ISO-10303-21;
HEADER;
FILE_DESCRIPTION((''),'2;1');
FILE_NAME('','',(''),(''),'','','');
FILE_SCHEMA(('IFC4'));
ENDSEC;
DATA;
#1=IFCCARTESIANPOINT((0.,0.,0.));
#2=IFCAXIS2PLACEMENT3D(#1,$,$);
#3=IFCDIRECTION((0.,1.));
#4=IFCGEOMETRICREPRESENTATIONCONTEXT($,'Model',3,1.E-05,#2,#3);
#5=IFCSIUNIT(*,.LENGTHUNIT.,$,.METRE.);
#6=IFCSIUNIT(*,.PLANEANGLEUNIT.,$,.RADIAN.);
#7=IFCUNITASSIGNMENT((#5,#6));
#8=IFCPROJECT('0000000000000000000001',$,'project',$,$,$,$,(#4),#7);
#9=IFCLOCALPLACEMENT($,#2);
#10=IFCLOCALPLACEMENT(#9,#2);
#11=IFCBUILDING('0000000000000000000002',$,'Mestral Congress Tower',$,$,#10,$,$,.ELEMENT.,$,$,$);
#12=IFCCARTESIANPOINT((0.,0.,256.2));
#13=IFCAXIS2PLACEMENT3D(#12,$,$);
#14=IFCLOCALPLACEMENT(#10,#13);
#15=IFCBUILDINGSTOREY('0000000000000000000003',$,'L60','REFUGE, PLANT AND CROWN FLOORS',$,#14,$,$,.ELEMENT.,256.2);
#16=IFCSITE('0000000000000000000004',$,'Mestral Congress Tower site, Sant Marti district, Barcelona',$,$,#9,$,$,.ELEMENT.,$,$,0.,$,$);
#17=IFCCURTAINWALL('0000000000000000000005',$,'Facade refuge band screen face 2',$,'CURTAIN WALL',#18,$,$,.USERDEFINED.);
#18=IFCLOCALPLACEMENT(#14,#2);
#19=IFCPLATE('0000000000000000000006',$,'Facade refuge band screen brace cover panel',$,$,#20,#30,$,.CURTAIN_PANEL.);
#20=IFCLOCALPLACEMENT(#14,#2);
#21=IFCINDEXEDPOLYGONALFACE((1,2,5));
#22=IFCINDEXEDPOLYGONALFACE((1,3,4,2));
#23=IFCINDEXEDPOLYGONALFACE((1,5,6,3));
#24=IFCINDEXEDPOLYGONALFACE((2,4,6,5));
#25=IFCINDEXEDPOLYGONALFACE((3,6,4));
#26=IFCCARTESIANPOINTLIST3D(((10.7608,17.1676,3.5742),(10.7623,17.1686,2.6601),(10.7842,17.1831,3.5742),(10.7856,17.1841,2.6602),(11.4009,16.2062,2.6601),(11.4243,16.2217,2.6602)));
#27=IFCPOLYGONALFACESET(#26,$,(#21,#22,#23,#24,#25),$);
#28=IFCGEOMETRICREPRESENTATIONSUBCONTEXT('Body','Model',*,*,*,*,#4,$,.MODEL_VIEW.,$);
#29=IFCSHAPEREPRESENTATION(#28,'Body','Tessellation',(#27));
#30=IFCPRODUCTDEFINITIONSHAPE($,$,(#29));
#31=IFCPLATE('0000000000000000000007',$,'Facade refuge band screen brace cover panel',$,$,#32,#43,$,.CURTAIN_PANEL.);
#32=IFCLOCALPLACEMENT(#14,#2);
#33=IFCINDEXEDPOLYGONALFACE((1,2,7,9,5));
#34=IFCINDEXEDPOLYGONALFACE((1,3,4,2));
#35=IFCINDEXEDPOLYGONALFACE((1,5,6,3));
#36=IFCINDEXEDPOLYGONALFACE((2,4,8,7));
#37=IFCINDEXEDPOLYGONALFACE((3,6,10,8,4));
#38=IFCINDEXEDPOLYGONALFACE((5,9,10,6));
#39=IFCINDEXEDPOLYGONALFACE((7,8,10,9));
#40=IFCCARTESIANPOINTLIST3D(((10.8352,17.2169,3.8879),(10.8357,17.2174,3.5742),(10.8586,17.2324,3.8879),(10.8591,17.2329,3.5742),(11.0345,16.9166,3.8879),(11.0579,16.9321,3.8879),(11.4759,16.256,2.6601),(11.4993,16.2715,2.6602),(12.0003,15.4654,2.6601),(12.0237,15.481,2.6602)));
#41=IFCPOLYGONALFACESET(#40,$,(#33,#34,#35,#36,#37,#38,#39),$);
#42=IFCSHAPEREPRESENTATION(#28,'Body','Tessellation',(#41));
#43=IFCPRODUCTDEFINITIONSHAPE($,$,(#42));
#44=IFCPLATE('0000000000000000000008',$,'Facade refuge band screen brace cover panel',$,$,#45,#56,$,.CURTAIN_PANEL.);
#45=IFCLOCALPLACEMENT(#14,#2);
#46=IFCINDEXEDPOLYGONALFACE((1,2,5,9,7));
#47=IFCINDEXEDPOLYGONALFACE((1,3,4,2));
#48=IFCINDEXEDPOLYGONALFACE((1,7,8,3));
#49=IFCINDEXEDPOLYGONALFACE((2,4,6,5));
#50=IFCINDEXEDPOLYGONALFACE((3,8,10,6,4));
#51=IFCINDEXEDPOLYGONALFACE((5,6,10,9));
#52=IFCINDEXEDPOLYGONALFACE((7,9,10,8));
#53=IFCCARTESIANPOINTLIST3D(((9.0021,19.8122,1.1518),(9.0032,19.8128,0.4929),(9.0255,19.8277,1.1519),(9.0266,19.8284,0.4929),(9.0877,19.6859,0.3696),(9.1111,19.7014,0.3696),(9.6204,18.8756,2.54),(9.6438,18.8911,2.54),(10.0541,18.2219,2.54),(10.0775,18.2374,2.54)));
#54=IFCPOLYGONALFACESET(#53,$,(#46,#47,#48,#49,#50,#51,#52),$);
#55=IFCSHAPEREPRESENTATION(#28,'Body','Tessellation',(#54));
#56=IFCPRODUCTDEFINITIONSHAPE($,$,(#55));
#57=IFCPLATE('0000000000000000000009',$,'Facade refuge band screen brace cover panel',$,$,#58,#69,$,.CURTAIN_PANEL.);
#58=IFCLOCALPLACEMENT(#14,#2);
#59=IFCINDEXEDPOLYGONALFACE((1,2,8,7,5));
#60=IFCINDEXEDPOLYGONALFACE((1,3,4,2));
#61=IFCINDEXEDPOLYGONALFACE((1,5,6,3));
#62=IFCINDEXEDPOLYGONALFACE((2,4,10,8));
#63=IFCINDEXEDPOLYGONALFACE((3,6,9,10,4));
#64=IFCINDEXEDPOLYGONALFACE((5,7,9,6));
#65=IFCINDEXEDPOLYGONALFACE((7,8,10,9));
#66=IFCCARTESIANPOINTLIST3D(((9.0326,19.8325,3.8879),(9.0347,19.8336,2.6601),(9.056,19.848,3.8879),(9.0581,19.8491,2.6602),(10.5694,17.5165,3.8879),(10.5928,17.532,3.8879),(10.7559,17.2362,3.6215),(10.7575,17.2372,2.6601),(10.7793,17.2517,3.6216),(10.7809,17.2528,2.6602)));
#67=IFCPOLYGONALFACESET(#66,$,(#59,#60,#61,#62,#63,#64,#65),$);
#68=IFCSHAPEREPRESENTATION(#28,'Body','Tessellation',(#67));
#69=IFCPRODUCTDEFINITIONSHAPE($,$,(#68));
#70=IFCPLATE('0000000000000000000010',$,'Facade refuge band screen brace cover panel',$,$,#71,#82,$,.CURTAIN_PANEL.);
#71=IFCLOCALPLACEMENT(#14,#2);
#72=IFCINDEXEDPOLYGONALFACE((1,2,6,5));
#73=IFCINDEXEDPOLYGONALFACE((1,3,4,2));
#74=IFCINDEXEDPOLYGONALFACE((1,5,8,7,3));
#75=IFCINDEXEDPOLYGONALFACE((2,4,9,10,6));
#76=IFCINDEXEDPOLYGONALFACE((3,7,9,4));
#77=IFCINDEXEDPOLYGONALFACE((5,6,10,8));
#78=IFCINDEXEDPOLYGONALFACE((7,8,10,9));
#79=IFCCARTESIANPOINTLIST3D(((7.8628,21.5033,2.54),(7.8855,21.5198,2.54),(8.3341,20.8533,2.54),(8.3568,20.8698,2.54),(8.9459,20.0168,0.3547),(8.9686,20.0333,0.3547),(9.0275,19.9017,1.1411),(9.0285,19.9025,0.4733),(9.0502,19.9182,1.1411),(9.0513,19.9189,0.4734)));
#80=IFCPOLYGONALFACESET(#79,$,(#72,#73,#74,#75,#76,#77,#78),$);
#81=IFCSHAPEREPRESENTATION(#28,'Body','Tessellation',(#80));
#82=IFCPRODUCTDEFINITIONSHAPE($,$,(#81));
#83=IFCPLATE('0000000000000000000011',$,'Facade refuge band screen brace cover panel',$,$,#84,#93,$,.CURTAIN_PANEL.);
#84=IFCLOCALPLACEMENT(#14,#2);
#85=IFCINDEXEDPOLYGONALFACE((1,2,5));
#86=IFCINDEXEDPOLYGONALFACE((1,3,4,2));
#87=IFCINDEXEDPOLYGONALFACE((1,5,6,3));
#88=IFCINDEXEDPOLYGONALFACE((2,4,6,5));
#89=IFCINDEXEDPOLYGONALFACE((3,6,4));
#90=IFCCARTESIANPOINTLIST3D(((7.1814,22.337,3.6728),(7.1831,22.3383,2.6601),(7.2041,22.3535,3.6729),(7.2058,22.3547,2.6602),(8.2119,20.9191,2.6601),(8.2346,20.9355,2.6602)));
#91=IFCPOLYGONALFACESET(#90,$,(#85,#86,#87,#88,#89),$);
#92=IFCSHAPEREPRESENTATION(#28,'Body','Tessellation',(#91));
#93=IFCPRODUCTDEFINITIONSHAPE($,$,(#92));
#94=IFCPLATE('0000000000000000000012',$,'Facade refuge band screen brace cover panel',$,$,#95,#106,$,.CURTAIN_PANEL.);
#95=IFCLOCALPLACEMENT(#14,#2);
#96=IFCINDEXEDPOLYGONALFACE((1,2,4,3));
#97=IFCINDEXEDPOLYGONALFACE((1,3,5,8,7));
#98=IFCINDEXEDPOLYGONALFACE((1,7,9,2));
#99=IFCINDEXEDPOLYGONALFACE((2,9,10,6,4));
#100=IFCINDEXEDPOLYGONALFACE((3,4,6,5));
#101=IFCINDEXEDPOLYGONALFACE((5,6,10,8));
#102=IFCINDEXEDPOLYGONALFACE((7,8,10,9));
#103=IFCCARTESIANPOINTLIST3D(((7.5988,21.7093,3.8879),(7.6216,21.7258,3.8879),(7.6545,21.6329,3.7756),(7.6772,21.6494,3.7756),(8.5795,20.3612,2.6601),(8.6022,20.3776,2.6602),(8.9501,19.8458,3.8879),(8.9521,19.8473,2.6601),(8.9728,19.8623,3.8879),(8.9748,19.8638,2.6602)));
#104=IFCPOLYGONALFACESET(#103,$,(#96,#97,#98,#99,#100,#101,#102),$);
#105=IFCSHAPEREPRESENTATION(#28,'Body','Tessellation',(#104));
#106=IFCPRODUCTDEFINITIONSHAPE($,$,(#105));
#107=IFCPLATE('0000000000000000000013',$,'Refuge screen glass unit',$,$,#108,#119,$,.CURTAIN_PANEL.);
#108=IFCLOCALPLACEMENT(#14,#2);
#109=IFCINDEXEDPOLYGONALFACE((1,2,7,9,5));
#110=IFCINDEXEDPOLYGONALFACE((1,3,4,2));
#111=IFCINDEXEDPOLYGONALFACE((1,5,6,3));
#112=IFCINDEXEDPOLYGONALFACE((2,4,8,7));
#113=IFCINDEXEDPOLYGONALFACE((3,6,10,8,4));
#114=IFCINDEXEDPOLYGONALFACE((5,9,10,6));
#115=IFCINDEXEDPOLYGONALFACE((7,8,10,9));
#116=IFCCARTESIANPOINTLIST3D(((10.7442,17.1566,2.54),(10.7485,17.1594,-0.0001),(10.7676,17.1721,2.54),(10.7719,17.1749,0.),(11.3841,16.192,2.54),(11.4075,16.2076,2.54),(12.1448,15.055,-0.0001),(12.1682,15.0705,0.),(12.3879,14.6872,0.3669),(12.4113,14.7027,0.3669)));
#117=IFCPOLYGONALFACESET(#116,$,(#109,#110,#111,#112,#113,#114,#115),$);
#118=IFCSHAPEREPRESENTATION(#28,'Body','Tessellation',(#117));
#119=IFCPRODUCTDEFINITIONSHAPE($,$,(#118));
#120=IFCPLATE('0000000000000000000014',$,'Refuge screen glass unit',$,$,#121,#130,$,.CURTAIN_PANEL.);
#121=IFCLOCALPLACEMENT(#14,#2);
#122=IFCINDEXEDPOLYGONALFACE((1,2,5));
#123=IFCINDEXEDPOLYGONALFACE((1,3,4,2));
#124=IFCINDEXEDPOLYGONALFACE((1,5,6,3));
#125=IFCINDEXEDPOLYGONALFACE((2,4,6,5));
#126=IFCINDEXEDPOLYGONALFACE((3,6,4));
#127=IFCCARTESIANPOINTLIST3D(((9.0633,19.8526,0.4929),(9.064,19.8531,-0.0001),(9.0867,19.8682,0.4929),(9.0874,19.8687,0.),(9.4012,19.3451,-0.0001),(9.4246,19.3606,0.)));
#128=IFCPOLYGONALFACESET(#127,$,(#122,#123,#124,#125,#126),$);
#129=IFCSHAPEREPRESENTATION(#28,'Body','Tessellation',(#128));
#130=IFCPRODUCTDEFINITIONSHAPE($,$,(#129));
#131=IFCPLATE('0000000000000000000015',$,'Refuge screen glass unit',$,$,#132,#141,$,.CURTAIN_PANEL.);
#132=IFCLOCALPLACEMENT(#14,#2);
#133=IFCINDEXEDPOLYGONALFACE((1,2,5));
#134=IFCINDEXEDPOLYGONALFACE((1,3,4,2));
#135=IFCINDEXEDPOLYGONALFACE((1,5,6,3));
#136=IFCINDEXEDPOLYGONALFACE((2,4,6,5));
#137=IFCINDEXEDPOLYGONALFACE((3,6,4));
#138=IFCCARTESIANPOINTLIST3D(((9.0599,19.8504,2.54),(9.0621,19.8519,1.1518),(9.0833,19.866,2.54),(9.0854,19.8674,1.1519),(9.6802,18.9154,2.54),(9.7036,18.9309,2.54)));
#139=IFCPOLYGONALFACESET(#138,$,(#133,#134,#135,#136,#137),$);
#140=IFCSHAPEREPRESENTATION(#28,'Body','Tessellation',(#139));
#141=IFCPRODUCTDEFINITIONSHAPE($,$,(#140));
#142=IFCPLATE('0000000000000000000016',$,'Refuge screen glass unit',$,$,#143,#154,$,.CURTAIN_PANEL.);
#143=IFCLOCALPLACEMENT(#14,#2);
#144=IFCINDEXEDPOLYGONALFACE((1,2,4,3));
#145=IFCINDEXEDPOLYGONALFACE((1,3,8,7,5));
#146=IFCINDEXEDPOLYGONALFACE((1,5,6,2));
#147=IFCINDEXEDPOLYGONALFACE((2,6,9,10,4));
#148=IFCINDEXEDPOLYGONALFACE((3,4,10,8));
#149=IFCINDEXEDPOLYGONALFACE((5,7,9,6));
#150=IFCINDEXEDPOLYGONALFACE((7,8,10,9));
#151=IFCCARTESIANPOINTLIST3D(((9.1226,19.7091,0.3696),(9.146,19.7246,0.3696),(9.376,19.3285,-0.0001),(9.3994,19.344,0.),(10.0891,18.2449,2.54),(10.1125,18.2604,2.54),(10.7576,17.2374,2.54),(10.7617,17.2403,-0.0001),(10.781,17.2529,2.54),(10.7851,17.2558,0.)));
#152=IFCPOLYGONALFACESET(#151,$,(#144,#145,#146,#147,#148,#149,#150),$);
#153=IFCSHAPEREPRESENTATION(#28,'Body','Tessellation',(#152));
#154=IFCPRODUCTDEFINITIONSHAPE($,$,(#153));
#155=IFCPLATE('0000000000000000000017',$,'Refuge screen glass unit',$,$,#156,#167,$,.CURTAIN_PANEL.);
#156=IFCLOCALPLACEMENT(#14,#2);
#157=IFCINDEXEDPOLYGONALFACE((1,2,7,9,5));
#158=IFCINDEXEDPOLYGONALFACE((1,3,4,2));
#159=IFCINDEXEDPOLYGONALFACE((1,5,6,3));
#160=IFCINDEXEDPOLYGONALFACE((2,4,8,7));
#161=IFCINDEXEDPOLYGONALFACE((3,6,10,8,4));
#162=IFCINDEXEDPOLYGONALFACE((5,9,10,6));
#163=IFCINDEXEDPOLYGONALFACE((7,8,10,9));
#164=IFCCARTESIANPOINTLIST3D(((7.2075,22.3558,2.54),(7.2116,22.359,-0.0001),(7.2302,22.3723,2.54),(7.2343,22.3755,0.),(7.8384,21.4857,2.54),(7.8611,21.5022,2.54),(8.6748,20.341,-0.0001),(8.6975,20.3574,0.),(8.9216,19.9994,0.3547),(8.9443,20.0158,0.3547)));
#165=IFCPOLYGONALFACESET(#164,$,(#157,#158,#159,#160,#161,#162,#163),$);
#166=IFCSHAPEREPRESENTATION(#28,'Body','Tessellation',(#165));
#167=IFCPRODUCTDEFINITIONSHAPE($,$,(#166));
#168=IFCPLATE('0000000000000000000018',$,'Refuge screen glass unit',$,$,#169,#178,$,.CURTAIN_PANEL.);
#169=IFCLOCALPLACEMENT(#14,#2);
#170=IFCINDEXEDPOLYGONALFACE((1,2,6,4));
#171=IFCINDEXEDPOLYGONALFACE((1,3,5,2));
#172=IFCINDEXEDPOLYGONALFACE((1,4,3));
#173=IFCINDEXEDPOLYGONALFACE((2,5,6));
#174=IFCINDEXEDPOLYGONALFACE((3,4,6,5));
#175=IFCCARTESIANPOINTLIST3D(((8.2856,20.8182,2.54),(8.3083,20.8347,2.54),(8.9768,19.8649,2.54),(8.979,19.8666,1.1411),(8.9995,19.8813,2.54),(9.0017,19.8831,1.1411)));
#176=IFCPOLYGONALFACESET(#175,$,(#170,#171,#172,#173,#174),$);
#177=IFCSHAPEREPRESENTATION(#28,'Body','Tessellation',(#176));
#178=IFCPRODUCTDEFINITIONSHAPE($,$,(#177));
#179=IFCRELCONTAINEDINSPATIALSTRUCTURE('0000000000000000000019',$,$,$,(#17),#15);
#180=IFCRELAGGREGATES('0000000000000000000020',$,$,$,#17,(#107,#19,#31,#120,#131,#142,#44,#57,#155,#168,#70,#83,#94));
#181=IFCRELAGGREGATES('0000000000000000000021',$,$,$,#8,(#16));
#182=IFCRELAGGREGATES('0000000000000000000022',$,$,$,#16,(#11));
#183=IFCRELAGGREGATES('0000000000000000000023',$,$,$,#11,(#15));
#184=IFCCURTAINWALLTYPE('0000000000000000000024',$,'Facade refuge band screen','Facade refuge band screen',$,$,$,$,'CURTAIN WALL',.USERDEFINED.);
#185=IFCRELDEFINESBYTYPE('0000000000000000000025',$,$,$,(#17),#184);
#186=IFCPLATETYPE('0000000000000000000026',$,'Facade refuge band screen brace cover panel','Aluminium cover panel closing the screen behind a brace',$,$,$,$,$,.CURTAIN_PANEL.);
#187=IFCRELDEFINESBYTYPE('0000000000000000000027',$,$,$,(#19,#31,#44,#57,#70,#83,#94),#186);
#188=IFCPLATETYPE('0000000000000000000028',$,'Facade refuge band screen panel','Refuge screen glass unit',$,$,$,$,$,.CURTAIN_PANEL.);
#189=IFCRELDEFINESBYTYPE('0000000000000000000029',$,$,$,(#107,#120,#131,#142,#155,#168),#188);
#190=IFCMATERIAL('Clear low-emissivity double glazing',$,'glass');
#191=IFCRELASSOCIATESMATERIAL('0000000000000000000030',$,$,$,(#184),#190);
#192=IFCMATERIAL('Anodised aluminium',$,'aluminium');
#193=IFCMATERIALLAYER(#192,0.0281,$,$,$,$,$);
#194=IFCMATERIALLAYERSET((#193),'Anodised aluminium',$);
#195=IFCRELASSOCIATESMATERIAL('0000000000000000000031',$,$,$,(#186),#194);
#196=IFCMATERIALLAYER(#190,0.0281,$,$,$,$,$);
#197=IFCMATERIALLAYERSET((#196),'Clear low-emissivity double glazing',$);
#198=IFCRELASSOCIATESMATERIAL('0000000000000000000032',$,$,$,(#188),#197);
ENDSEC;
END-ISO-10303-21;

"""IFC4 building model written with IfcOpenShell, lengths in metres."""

from ifc_helpers import new_model, si_unit, direction, frame, origin, place, context, subcontext, project, spatial, polyline, outline, extrude, material, layer, layer_set, type_object, element, aggregate, save


model = new_model("IFC4")

# Units and contexts
model_context = context("Model", 3, precision=1e-05, world=origin(), true_north=direction((0.0, 1.0)))
body_context = subcontext(model_context, "Body", "Model", "MODEL_VIEW")
ifc_project = project(units=[si_unit("LENGTHUNIT", "METRE"), si_unit("PLANEANGLEUNIT", "RADIAN")], contexts=[model_context])

# Site, building, storey
site_placement = place(None, origin())
site = spatial("IfcSite", under=ifc_project, at=site_placement, Name="Mestral Congress Tower site, Sant Marti district, Barcelona", CompositionType="ELEMENT", RefElevation=0.0)
building_placement = place(site_placement, origin())
building = spatial("IfcBuilding", under=site, at=building_placement, Name="Mestral Congress Tower", CompositionType="ELEMENT")
storey_placement = place(building_placement, frame((0.0, 0.0, 256.2)))
storey = spatial("IfcBuildingStorey", under=building, at=storey_placement, Name="L60", Description="REFUGE, PLANT AND CROWN FLOORS", CompositionType="ELEMENT", Elevation=256.2)

# Curtain wall
ifc_material_1 = material(Name="Clear low-emissivity double glazing", Category="glass")
curtain_wall_type = type_object("IfcCurtainWallType", Name="Facade refuge band screen", Description="Facade refuge band screen", ElementType="CURTAIN WALL", PredefinedType="USERDEFINED", material=ifc_material_1)
curtain_wall_placement = place(storey_placement, origin())
curtain_wall = element("IfcCurtainWall", 1, at=curtain_wall_placement, inside=storey, type_object=curtain_wall_type, Name="Facade refuge band screen face 2", ObjectType="CURTAIN WALL", PredefinedType="USERDEFINED")
ifc_material_2 = material(Name="Anodised aluminium", Category="aluminium")

# Plates
ifc_layer_1 = layer(ifc_material_2, 0.0281)
ifc_layer_set_1 = layer_set([ifc_layer_1], Name="Anodised aluminium")
plate_type_1 = type_object("IfcPlateType", Name="Facade refuge band screen brace cover panel", Description="Aluminium cover panel closing the screen behind a brace", PredefinedType="CURTAIN_PANEL", material=ifc_layer_set_1)
plate_1_placement = place(storey_placement, frame((10.7856, 17.1841, 2.6602), z_axis=(0.833218, 0.552942, 0.001926), x_axis=(0.552943, -0.833219, 0.0)))
plate_1 = element("IfcPlate", 2, at=plate_1_placement, type_object=plate_type_1, Name="Facade refuge band screen brace cover panel", PredefinedType="CURTAIN_PANEL", context=body_context, shape_type="SweptSolid", body=[
    extrude(outline(polyline([(0.0, 0.0), (1.155, 0.0), (0.0, -0.9141), (0.0, 0.0)])), origin(), (0.0, 0.0, -1.0), 0.0281),
])
plate_2_placement = place(storey_placement, frame((10.8586, 17.2324, 3.8879), z_axis=(0.833311, 0.552801, 0.002139), x_axis=(0.001541, 0.001546, -0.999998)))
plate_2 = element("IfcPlate", 3, at=plate_2_placement, type_object=plate_type_1, Name="Facade refuge band screen brace cover panel", PredefinedType="CURTAIN_PANEL", context=body_context, shape_type="SweptSolid", body=[
    extrude(outline(polyline([(0.0, 0.0), (0.3137, 0.0), (1.2273, -1.1554), (1.2269, -2.1041), (-0.0002, -0.3604), (0.0, 0.0)])), origin(), (0.0, 0.0, -1.0), 0.0281),
])
plate_3_placement = place(storey_placement, frame((9.0266, 19.8284, 0.4929), z_axis=(0.833285, 0.55284, 0.001889), x_axis=(0.430891, -0.647327, -0.62873)))
plate_3 = element("IfcPlate", 4, at=plate_3_placement, type_object=plate_type_1, Name="Facade refuge band screen brace cover panel", PredefinedType="CURTAIN_PANEL", context=body_context, shape_type="SweptSolid", body=[
    extrude(outline(polyline([(0.0, 0.0), (0.1961, 0.0), (0.1956, -2.7907), (-0.4144, -2.2975), (-0.4143, -0.5124), (0.0, 0.0)])), origin(), (0.0, 0.0, -1.0), 0.0281),
])
plate_4_placement = place(storey_placement, frame((9.0581, 19.8491, 2.6602), z_axis=(0.833253, 0.552889, 0.001921), x_axis=(0.55289, -0.833254, 0.0)))
plate_4 = element("IfcPlate", 5, at=plate_4_placement, type_object=plate_type_1, Name="Facade refuge band screen brace cover panel", PredefinedType="CURTAIN_PANEL", context=body_context, shape_type="SweptSolid", body=[
    extrude(outline(polyline([(0.0, 0.0), (3.1159, 0.0), (3.1159, -0.9614), (2.7793, -1.2278), (-0.0002, -1.2278), (0.0, 0.0)])), origin(), (0.0, 0.0, -1.0), 0.0281),
])
plate_5_placement = place(storey_placement, frame((7.8855, 21.5198, 2.54), z_axis=(0.809563, 0.58703, 0.001941), x_axis=(0.3792, -0.520419, -0.765096)))
plate_5 = element("IfcPlate", 6, at=plate_5_placement, type_object=plate_type_1, Name="Facade refuge band screen brace cover panel", PredefinedType="CURTAIN_PANEL", context=body_context, shape_type="SweptSolid", body=[
    extrude(outline(polyline([(0.0, 0.0), (2.8562, 0.0), (2.8563, -0.1844), (2.3455, -0.6144), (0.517, -0.6143), (0.0, 0.0)])), origin(), (0.0, 0.0, -1.0), 0.0281),
])
plate_6_placement = place(storey_placement, frame((8.2346, 20.9355, 2.6602), z_axis=(0.809637, 0.586928, 0.002074), x_axis=(-0.509051, 0.700443, 0.500247)))
plate_6 = element("IfcPlate", 7, at=plate_6_placement, type_object=plate_type_1, Name="Facade refuge band screen brace cover panel", PredefinedType="CURTAIN_PANEL", context=body_context, shape_type="SweptSolid", body=[
    extrude(outline(polyline([(0.0, 0.0), (2.0244, 0.0), (1.5178, -0.8769), (0.0, 0.0)])), origin(), (0.0, 0.0, -1.0), 0.0281),
])
plate_7_placement = place(storey_placement, frame((7.6772, 21.6494, 3.7756), z_axis=(0.809566, 0.587026, 0.002029), x_axis=(0.479753, -0.659626, -0.578559)))
plate_7 = element("IfcPlate", 8, at=plate_7_placement, type_object=plate_type_1, Name="Facade refuge band screen brace cover panel", PredefinedType="CURTAIN_PANEL", context=body_context, shape_type="SweptSolid", body=[
    extrude(outline(polyline([(0.0, 0.0), (1.928, 0.0), (2.4458, -0.3672), (1.7354, -1.3687), (-0.1421, -0.0369), (0.0, 0.0)])), origin(), (0.0, 0.0, -1.0), 0.0281),
])
ifc_layer_2 = layer(ifc_material_1, 0.0281)
ifc_layer_set_2 = layer_set([ifc_layer_2], Name="Clear low-emissivity double glazing")
plate_type_2 = type_object("IfcPlateType", Name="Facade refuge band screen panel", Description="Refuge screen glass unit", PredefinedType="CURTAIN_PANEL", material=ifc_layer_set_2)
plate_8_placement = place(storey_placement, frame((10.7676, 17.1721, 2.54), z_axis=(0.833273, 0.552858, 0.002046), x_axis=(0.001718, 0.001113, -0.999998)))
plate_8 = element("IfcPlate", 9, at=plate_8_placement, type_object=plate_type_2, Name="Refuge screen glass unit", PredefinedType="CURTAIN_PANEL", context=body_context, shape_type="SweptSolid", body=[
    extrude(outline(polyline([(0.0, 0.0), (2.54, 0.0), (2.5401, -2.5255), (2.1732, -2.9664), (0.0, -1.1575), (0.0, 0.0)])), origin(), (0.0, 0.0, -1.0), 0.0281),
])
plate_9_placement = place(storey_placement, frame((9.0874, 19.8687, 0.0), z_axis=(0.833217, 0.552943, 0.001786), x_axis=(0.552943, -0.833219, 0.0)))
plate_9 = element("IfcPlate", 10, at=plate_9_placement, type_object=plate_type_2, Name="Refuge screen glass unit", PredefinedType="CURTAIN_PANEL", context=body_context, shape_type="SweptSolid", body=[
    extrude(outline(polyline([(0.0, 0.0), (0.6098, 0.0), (0.0, -0.4929), (0.0, 0.0)])), origin(), (0.0, 0.0, -1.0), 0.0281),
])
plate_10_placement = place(storey_placement, frame((9.0833, 19.866, 2.54), z_axis=(0.833285, 0.55284, 0.001902), x_axis=(0.001583, 0.001055, -0.999998)))
plate_10 = element("IfcPlate", 11, at=plate_10_placement, type_object=plate_type_2, Name="Refuge screen glass unit", PredefinedType="CURTAIN_PANEL", context=body_context, shape_type="SweptSolid", body=[
    extrude(outline(polyline([(0.0, 0.0), (1.3882, 0.0), (0.0, -1.1221), (0.0, 0.0)])), origin(), (0.0, 0.0, -1.0), 0.0281),
])
plate_11_placement = place(storey_placement, frame((9.3994, 19.344, 0.0), z_axis=(0.833239, 0.552909, 0.001951), x_axis=(0.55291, -0.833241, 0.0)))
plate_11 = element("IfcPlate", 12, at=plate_11_placement, type_object=plate_type_2, Name="Refuge screen glass unit", PredefinedType="CURTAIN_PANEL", context=body_context, shape_type="SweptSolid", body=[
    extrude(outline(polyline([(0.0, 0.0), (2.5061, 0.0), (2.5063, -2.54), (1.2971, -2.54), (-0.4573, -0.3696), (0.0, 0.0)])), origin(), (0.0, 0.0, -1.0), 0.0281),
])
plate_12_placement = place(storey_placement, frame((7.2302, 22.3723, 2.54), z_axis=(0.80959, 0.586992, 0.002044), x_axis=(0.001624, 0.001242, -0.999998)))
plate_12 = element("IfcPlate", 13, at=plate_12_placement, type_object=plate_type_2, Name="Refuge screen glass unit", PredefinedType="CURTAIN_PANEL", context=body_context, shape_type="SweptSolid", body=[
    extrude(outline(polyline([(0.0, 0.0), (2.54, 0.0), (2.5399, -2.4927), (2.1852, -2.914), (-0.0001, -1.0747), (0.0, 0.0)])), origin(), (0.0, 0.0, -1.0), 0.0281),
])
plate_13_placement = place(storey_placement, frame((8.9995, 19.8813, 2.54), z_axis=(0.809621, 0.586949, 0.001989), x_axis=(-0.586951, 0.809623, 0.0)))
plate_13 = element("IfcPlate", 14, at=plate_13_placement, type_object=plate_type_2, Name="Refuge screen glass unit", PredefinedType="CURTAIN_PANEL", context=body_context, shape_type="SweptSolid", body=[
    extrude(outline(polyline([(0.0, 0.0), (1.1775, 0.0), (0.0001, -1.3989), (0.0, 0.0)])), origin(), (0.0, 0.0, -1.0), 0.0281),
])
aggregate(curtain_wall, [plate_8, plate_1, plate_2, plate_9, plate_10, plate_11, plate_3, plate_4, plate_12, plate_13, plate_5, plate_6, plate_7])

save(model, "model.ifc")
